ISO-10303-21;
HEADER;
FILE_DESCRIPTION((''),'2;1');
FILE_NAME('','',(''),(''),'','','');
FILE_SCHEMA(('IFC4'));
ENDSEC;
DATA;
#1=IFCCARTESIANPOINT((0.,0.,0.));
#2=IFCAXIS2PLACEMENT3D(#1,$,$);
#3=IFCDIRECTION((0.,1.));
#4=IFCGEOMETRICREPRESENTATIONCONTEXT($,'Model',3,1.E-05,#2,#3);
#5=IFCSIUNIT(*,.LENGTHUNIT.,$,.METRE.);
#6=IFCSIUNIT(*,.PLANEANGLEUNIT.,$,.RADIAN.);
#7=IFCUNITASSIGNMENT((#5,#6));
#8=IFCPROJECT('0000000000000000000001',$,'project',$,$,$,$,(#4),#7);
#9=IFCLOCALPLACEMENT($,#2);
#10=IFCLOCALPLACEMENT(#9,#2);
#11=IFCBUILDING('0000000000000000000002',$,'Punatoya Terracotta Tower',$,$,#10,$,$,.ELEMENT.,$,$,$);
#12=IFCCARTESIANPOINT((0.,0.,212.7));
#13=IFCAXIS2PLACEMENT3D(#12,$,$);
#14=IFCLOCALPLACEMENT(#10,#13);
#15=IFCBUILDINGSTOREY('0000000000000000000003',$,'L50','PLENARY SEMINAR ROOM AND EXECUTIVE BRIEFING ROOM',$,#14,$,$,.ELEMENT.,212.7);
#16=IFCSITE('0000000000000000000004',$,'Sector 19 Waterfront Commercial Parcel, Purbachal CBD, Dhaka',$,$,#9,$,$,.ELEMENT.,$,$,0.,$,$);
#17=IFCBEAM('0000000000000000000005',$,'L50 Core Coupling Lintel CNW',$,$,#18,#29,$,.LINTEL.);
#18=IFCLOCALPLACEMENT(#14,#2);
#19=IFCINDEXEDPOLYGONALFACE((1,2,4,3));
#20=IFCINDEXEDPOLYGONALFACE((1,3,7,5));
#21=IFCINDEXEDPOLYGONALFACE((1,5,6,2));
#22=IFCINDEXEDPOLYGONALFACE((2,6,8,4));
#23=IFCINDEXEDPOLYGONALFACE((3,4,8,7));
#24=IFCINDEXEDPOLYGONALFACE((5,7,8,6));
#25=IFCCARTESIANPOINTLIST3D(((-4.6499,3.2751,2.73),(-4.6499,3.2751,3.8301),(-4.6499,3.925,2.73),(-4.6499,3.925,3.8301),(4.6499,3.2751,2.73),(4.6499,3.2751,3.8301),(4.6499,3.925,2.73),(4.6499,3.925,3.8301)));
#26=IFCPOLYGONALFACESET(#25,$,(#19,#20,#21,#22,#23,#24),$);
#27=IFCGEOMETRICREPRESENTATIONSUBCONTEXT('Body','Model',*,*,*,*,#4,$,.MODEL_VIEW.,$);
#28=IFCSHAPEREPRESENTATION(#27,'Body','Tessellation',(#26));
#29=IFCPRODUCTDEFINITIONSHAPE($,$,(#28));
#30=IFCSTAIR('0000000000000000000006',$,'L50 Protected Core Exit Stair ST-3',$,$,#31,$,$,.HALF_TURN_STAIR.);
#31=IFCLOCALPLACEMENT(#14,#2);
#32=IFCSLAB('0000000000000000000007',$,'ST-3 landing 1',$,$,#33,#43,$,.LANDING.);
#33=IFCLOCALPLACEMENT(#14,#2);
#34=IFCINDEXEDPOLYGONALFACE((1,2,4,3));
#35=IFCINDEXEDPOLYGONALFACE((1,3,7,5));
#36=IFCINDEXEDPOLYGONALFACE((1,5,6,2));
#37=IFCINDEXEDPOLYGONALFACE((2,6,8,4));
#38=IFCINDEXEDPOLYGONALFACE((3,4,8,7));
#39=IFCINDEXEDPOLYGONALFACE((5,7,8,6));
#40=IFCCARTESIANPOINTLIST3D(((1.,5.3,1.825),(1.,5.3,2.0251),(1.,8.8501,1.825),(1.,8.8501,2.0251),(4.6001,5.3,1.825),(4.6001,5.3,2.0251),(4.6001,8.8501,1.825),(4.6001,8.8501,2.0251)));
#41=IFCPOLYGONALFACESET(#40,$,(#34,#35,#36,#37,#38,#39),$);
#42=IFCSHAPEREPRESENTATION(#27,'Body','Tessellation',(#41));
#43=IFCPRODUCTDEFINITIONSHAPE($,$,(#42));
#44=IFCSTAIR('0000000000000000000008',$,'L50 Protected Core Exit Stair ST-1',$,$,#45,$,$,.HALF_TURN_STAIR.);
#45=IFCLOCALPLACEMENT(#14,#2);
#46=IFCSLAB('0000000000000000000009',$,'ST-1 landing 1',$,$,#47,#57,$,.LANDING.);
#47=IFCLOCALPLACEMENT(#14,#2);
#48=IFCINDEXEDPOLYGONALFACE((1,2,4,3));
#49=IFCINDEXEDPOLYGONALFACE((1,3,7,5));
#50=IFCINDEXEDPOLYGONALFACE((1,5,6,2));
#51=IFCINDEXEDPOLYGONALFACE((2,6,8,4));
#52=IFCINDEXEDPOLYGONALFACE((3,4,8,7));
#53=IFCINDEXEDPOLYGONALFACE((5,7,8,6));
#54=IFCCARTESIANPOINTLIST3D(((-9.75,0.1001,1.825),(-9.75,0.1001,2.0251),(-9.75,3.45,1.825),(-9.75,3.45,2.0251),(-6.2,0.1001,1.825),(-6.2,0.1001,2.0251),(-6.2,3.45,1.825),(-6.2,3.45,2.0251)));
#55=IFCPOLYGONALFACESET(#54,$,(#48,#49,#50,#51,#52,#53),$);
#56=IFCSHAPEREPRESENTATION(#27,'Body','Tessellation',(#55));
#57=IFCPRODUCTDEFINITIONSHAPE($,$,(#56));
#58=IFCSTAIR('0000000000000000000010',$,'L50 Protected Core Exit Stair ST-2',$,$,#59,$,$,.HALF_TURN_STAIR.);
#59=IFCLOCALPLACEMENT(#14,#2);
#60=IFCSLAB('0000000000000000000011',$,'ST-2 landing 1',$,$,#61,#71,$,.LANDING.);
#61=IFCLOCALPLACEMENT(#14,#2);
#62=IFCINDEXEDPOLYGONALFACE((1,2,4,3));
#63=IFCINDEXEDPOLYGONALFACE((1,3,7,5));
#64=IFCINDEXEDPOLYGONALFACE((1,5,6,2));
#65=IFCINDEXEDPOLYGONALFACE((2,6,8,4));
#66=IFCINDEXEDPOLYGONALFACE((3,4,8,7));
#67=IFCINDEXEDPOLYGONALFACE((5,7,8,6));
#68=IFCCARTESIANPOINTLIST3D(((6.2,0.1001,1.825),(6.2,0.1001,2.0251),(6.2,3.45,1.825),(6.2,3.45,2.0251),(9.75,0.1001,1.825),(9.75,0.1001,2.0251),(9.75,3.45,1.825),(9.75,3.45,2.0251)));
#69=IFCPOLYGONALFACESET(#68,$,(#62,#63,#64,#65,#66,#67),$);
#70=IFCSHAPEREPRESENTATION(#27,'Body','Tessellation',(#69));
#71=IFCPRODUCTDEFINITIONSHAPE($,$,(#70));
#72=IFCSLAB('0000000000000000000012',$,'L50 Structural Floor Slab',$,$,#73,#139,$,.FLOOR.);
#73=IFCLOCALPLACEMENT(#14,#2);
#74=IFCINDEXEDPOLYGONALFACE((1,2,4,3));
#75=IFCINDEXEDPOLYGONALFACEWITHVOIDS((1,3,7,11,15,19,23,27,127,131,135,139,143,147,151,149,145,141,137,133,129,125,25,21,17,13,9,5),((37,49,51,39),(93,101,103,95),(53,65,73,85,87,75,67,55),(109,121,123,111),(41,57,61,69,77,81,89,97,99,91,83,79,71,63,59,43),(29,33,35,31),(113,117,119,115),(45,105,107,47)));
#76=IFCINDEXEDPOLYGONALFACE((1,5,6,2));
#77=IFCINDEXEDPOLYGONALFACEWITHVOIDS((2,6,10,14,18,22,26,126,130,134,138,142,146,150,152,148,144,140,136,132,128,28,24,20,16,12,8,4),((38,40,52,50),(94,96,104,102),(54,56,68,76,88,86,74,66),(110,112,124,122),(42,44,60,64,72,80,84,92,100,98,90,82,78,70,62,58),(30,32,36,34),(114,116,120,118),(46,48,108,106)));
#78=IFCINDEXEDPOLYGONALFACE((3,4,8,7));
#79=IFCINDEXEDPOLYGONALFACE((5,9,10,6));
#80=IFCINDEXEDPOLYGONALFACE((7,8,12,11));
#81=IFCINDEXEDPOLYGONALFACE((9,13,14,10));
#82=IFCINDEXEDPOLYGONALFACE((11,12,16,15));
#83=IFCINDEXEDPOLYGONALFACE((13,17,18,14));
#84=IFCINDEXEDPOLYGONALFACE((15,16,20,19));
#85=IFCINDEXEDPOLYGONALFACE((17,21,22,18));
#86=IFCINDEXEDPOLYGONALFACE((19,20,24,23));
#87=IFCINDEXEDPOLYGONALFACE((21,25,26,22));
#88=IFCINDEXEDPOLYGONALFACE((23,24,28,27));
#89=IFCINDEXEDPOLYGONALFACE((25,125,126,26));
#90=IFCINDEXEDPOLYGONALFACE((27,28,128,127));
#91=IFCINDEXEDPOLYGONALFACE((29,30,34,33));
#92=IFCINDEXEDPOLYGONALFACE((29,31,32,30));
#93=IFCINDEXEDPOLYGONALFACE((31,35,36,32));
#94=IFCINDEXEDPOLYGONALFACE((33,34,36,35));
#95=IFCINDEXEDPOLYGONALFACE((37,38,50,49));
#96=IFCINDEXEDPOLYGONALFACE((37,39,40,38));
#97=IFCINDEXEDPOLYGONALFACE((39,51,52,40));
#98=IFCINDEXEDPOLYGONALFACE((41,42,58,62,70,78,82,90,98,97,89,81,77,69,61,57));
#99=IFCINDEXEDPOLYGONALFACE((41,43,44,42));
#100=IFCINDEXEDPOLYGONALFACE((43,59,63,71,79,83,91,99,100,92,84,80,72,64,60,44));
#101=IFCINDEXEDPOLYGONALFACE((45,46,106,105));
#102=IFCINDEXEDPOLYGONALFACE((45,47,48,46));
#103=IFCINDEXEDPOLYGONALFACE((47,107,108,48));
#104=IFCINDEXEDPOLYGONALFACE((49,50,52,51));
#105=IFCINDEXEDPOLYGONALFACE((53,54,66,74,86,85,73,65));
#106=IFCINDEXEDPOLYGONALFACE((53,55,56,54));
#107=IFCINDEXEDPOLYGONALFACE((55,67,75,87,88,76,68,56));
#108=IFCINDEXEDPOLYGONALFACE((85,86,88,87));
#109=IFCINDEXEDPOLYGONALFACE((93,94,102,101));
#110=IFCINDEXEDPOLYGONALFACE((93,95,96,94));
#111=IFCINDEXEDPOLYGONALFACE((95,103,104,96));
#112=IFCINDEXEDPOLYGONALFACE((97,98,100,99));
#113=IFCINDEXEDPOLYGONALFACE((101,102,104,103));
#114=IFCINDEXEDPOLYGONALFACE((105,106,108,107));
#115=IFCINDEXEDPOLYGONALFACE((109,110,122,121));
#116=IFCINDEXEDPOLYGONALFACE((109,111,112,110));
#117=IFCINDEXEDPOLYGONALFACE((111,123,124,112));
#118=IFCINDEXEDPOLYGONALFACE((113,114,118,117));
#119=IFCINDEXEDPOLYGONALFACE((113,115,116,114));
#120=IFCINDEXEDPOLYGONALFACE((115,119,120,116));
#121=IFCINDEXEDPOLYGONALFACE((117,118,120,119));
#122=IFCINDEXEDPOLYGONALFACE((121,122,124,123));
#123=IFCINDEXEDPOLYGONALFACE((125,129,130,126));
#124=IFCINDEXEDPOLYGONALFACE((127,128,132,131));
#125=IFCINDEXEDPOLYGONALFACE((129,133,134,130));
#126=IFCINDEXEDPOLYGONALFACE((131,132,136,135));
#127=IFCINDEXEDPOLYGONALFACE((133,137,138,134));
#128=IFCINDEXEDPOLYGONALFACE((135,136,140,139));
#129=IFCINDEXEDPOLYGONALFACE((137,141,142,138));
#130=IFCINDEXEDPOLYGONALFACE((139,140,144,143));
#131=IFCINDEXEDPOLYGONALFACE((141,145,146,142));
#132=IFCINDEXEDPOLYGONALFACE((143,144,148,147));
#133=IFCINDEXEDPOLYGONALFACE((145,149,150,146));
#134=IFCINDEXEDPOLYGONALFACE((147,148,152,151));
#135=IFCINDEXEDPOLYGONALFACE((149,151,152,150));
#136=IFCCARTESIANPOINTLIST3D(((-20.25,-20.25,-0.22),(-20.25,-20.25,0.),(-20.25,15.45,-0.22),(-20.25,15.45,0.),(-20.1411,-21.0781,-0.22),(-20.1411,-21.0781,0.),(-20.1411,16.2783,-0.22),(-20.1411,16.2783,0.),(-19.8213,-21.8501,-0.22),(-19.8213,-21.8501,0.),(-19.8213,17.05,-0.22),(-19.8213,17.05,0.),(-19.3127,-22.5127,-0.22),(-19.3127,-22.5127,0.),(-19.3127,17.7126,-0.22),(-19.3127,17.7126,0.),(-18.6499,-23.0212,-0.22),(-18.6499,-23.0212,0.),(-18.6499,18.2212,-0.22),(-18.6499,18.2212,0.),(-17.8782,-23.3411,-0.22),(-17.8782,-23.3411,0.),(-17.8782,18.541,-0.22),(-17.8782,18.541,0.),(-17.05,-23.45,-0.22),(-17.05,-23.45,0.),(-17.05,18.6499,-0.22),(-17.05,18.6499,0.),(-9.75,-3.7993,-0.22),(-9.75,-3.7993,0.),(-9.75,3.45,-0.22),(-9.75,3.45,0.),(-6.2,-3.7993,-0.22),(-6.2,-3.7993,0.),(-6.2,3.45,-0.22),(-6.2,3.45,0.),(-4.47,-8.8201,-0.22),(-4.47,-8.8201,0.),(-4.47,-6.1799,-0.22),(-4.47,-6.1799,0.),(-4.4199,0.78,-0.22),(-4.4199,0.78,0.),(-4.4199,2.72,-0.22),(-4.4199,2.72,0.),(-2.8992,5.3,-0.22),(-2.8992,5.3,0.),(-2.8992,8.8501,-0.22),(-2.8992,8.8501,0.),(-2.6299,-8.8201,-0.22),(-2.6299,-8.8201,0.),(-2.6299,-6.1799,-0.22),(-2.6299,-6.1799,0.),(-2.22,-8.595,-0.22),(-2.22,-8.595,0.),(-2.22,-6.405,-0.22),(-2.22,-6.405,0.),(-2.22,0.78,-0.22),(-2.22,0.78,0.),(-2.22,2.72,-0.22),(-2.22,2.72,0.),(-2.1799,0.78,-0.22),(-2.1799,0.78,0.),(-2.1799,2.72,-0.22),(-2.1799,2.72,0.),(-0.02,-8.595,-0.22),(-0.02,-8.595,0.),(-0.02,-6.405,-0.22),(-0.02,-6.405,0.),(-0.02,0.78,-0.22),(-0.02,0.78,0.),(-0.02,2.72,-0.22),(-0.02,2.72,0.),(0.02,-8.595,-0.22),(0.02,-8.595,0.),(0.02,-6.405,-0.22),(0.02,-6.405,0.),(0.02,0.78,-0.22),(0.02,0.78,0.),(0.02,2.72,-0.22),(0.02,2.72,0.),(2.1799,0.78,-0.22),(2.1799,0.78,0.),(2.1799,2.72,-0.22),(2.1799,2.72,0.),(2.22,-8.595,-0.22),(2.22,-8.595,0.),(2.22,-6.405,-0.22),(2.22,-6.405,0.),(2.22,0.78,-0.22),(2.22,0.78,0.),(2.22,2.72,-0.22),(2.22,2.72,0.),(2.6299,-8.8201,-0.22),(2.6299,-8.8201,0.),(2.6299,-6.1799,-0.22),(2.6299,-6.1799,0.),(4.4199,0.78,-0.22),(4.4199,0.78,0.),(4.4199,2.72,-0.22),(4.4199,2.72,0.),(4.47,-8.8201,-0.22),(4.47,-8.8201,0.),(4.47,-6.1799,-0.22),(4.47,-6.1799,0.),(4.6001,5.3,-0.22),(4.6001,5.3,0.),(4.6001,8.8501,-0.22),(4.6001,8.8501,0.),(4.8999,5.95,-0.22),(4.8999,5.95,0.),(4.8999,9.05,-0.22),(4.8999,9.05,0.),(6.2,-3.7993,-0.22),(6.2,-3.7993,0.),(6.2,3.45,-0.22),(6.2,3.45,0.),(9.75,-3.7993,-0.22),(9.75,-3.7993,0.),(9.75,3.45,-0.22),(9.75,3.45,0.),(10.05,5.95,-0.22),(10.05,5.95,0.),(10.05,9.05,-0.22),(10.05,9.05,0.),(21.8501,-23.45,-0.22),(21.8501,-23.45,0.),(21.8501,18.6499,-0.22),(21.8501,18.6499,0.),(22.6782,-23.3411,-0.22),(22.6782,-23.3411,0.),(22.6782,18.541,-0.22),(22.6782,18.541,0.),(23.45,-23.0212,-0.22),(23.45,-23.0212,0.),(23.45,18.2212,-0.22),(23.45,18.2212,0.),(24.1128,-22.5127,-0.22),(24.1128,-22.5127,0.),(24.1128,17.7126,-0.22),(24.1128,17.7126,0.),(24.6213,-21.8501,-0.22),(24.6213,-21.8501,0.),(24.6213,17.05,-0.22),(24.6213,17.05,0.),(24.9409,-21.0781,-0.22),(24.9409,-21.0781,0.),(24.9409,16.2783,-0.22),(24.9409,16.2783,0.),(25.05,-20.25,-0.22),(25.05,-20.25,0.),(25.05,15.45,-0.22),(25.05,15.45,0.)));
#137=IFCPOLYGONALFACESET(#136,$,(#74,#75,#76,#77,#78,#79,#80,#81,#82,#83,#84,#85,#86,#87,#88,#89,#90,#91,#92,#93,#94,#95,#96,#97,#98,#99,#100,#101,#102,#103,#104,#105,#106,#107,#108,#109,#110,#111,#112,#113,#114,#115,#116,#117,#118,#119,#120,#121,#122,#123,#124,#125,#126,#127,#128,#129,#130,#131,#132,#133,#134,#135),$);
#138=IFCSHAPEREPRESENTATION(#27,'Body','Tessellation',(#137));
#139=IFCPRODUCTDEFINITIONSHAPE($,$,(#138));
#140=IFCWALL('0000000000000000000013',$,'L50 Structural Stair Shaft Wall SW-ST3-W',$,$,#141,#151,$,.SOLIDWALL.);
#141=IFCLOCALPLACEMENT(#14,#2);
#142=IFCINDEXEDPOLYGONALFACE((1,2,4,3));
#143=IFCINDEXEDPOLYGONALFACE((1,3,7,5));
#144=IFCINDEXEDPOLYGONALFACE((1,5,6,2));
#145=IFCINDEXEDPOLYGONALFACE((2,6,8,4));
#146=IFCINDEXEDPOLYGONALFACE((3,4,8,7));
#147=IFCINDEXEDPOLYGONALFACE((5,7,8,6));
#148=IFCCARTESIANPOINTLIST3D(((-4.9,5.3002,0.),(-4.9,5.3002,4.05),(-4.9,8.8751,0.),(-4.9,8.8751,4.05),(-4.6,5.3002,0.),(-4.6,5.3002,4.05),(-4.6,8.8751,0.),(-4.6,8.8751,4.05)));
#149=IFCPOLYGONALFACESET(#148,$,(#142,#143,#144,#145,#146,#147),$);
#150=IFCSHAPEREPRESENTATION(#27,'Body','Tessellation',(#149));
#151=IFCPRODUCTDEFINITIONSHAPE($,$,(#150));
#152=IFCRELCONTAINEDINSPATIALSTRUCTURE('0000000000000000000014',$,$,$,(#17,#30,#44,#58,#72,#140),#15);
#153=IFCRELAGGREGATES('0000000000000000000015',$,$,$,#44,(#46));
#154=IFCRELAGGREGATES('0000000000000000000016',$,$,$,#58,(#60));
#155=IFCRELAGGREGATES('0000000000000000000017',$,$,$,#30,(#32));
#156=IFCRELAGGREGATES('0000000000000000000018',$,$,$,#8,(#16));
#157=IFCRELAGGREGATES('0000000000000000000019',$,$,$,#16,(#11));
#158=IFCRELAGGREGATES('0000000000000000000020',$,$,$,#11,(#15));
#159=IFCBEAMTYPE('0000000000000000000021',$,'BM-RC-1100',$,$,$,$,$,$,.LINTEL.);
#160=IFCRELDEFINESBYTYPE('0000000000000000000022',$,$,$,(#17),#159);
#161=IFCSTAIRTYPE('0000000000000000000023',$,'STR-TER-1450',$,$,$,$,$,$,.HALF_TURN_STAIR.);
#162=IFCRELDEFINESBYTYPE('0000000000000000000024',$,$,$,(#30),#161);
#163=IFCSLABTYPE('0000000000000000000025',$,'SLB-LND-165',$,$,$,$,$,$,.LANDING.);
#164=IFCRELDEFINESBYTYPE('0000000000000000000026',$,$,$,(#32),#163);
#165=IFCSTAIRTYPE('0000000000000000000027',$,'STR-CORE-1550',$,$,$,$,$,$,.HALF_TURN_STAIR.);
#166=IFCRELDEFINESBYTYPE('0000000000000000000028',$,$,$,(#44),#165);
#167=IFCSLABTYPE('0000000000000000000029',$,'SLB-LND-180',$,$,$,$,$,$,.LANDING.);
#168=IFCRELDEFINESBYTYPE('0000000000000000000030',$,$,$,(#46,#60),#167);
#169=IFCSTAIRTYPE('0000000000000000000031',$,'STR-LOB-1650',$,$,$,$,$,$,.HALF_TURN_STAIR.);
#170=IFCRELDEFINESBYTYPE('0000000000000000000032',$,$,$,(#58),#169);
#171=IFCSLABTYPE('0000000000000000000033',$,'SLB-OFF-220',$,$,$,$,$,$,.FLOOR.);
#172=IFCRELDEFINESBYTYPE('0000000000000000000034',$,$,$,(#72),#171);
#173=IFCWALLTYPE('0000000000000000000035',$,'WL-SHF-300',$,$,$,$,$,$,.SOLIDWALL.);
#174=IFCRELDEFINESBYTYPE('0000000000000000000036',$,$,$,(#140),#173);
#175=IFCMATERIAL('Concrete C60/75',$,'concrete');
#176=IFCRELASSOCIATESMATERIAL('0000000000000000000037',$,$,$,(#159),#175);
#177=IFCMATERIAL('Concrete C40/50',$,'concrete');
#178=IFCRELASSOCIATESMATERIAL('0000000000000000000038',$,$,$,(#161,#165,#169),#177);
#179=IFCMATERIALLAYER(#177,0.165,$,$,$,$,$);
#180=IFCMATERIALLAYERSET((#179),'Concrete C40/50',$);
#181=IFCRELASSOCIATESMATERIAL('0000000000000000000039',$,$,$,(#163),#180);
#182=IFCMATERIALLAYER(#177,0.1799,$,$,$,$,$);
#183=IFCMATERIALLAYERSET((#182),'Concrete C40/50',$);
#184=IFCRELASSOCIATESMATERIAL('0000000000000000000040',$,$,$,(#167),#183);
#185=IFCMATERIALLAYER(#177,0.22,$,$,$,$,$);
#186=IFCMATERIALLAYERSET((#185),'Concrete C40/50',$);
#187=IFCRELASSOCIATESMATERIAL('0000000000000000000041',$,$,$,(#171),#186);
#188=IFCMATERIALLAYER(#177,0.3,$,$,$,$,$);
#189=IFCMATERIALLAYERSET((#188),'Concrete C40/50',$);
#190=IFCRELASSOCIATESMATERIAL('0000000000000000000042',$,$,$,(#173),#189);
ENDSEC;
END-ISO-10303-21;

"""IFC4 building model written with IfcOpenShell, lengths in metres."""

from ifc_helpers import new_model, si_unit, direction, frame, frame_2d, origin, origin_2d, place, context, subcontext, project, spatial, polyline, rectangle, outline, extrude, material, layer, layer_set, material_profile, profile_set, type_object, element, aggregate, save


model = new_model("IFC4")

# Units and contexts
model_context = context("Model", 3, precision=1e-05, world=origin(), true_north=direction((0.0, 1.0)))
body_context = subcontext(model_context, "Body", "Model", "MODEL_VIEW")
ifc_project = project(units=[si_unit("LENGTHUNIT", "METRE"), si_unit("PLANEANGLEUNIT", "RADIAN")], contexts=[model_context])

# Site, building, storey
site_placement = place(None, origin())
site = spatial("IfcSite", under=ifc_project, at=site_placement, Name="Sector 19 Waterfront Commercial Parcel, Purbachal CBD, Dhaka", CompositionType="ELEMENT", RefElevation=0.0)
building_placement = place(site_placement, origin())
building = spatial("IfcBuilding", under=site, at=building_placement, Name="Punatoya Terracotta Tower", CompositionType="ELEMENT")
storey_placement = place(building_placement, frame((0.0, 0.0, 212.7)))
storey = spatial("IfcBuildingStorey", under=building, at=storey_placement, Name="L50", Description="PLENARY SEMINAR ROOM AND EXECUTIVE BRIEFING ROOM", CompositionType="ELEMENT", Elevation=212.7)

# Beam
ifc_material_1 = material(Name="Concrete C60/75", Category="concrete")
ifc_material_profile = material_profile(ifc_material_1, rectangle(XDim=0.6499, YDim=1.1001, at=origin_2d()))
ifc_profile_set = profile_set([ifc_material_profile], Name="Concrete C60/75")
beam_type = type_object("IfcBeamType", Name="BM-RC-1100", PredefinedType="LINTEL", material=ifc_profile_set)
beam_placement = place(storey_placement, frame((-4.6499, 3.6001, 3.28), z_axis=(1.0, 0.0, 0.0), x_axis=(0.0, 1.0, 0.0)))
element("IfcBeam", 1, at=beam_placement, inside=storey, type_object=beam_type, Name="L50 Core Coupling Lintel CNW", PredefinedType="LINTEL", context=body_context, shape_type="SweptSolid", body=[
    extrude(rectangle(XDim=0.6499, YDim=1.1001, at=origin_2d()), origin(), (0.0, 0.0, 1.0), 9.2998),
])

# Stairs, slabs
ifc_material_2 = material(Name="Concrete C40/50", Category="concrete")
stair_type_1 = type_object("IfcStairType", Name="STR-TER-1450", PredefinedType="HALF_TURN_STAIR", material=ifc_material_2)
stair_1_placement = place(storey_placement, origin())
stair_1 = element("IfcStair", 2, at=stair_1_placement, inside=storey, type_object=stair_type_1, Name="L50 Protected Core Exit Stair ST-3", PredefinedType="HALF_TURN_STAIR")
ifc_layer_1 = layer(ifc_material_2, 0.165)
ifc_layer_set_1 = layer_set([ifc_layer_1], Name="Concrete C40/50")
slab_type_1 = type_object("IfcSlabType", Name="SLB-LND-165", PredefinedType="LANDING", material=ifc_layer_set_1)
slab_1_placement = place(storey_placement, frame((0.0, 0.0, 1.825)))
slab_1 = element("IfcSlab", 3, at=slab_1_placement, type_object=slab_type_1, Name="ST-3 landing 1", PredefinedType="LANDING", context=body_context, shape_type="SweptSolid", body=[
    extrude(outline(polyline([(1.0, 5.3), (4.6001, 5.3), (4.6001, 8.8501), (1.0, 8.8501), (1.0, 5.3)])), origin(), (0.0, 0.0, 1.0), 0.2002),
])
stair_type_2 = type_object("IfcStairType", Name="STR-CORE-1550", PredefinedType="HALF_TURN_STAIR", material=ifc_material_2)
stair_2_placement = place(storey_placement, origin())
stair_2 = element("IfcStair", 4, at=stair_2_placement, inside=storey, type_object=stair_type_2, Name="L50 Protected Core Exit Stair ST-1", PredefinedType="HALF_TURN_STAIR")
ifc_layer_2 = layer(ifc_material_2, 0.1799)
ifc_layer_set_2 = layer_set([ifc_layer_2], Name="Concrete C40/50")
slab_type_2 = type_object("IfcSlabType", Name="SLB-LND-180", PredefinedType="LANDING", material=ifc_layer_set_2)
slab_2_placement = place(storey_placement, frame((0.0, 0.0, 1.825)))
slab_2 = element("IfcSlab", 5, at=slab_2_placement, type_object=slab_type_2, Name="ST-1 landing 1", PredefinedType="LANDING", context=body_context, shape_type="SweptSolid", body=[
    extrude(outline(polyline([(-6.2, 0.1001), (-6.2, 3.45), (-9.75, 3.45), (-9.75, 0.1001), (-6.2, 0.1001)])), origin(), (0.0, 0.0, 1.0), 0.2002),
])
aggregate(stair_2, [slab_2])
stair_type_3 = type_object("IfcStairType", Name="STR-LOB-1650", PredefinedType="HALF_TURN_STAIR", material=ifc_material_2)
stair_3_placement = place(storey_placement, origin())
stair_3 = element("IfcStair", 6, at=stair_3_placement, inside=storey, type_object=stair_type_3, Name="L50 Protected Core Exit Stair ST-2", PredefinedType="HALF_TURN_STAIR")
slab_3_placement = place(storey_placement, frame((0.0, 0.0, 1.825)))
slab_3 = element("IfcSlab", 7, at=slab_3_placement, type_object=slab_type_2, Name="ST-2 landing 1", PredefinedType="LANDING", context=body_context, shape_type="SweptSolid", body=[
    extrude(outline(polyline([(9.75, 0.1001), (9.75, 3.45), (6.2, 3.45), (6.2, 0.1001), (9.75, 0.1001)])), origin(), (0.0, 0.0, 1.0), 0.2002),
])
aggregate(stair_3, [slab_3])

# Slab
ifc_layer_3 = layer(ifc_material_2, 0.22)
ifc_layer_set_3 = layer_set([ifc_layer_3], Name="Concrete C40/50")
slab_type_3 = type_object("IfcSlabType", Name="SLB-OFF-220", PredefinedType="FLOOR", material=ifc_layer_set_3)
slab_4_placement = place(storey_placement, frame((0.0, 0.0, -0.22)))
element("IfcSlab", 8, at=slab_4_placement, inside=storey, type_object=slab_type_3, Name="L50 Structural Floor Slab", PredefinedType="FLOOR", context=body_context, shape_type="SweptSolid", body=[
    extrude(outline(polyline([(-17.05, -23.45), (-17.8782, -23.3411), (-18.6499, -23.0212), (-19.3127, -22.5127), (-19.8213, -21.8501), (-20.1411, -21.0781), (-20.25, -20.25), (-20.25, 15.45), (-20.1411, 16.2783), (-19.8213, 17.05), (-19.3127, 17.7126), (-18.6499, 18.2212), (-17.8782, 18.541), (-17.05, 18.6499), (21.8501, 18.6499), (22.6782, 18.541), (23.45, 18.2212), (24.1128, 17.7126), (24.6213, 17.05), (24.9409, 16.2783), (25.05, 15.45), (25.05, -20.25), (24.9409, -21.0781), (24.6213, -21.8501), (24.1128, -22.5127), (23.45, -23.0212), (22.6782, -23.3411), (21.8501, -23.45), (-17.05, -23.45)]), holes=[polyline([(-2.6299, -6.1799), (-4.47, -6.1799), (-4.47, -8.8201), (-2.6299, -8.8201), (-2.6299, -6.1799)]), polyline([(0.02, -8.595), (2.22, -8.595), (2.22, -6.405), (0.02, -6.405), (-0.02, -6.405), (-2.22, -6.405), (-2.22, -8.595), (-0.02, -8.595), (0.02, -8.595)]), polyline([(-6.2, 3.45), (-9.75, 3.45), (-9.75, -3.7993), (-6.2, -3.7993), (-6.2, 3.45)]), polyline([(-4.4199, 2.72), (-4.4199, 0.78), (-2.22, 0.78), (-2.1799, 0.78), (-0.02, 0.78), (0.02, 0.78), (2.1799, 0.78), (2.22, 0.78), (4.4199, 0.78), (4.4199, 2.72), (2.22, 2.72), (2.1799, 2.72), (0.02, 2.72), (-0.02, 2.72), (-2.1799, 2.72), (-2.22, 2.72), (-4.4199, 2.72)]), polyline([(4.6001, 5.3), (4.6001, 8.8501), (-2.8992, 8.8501), (-2.8992, 5.3), (4.6001, 5.3)]), polyline([(4.47, -8.8201), (4.47, -6.1799), (2.6299, -6.1799), (2.6299, -8.8201), (4.47, -8.8201)]), polyline([(9.75, 3.45), (6.2, 3.45), (6.2, -3.7993), (9.75, -3.7993), (9.75, 3.45)]), polyline([(10.05, 5.95), (10.05, 9.05), (4.8999, 9.05), (4.8999, 5.95), (10.05, 5.95)])]), origin(), (0.0, 0.0, 1.0), 0.22),
])

# Wall
ifc_layer_4 = layer(ifc_material_2, 0.3)
ifc_layer_set_4 = layer_set([ifc_layer_4], Name="Concrete C40/50")
wall_type = type_object("IfcWallType", Name="WL-SHF-300", PredefinedType="SOLIDWALL", material=ifc_layer_set_4)
wall_1_placement = place(storey_placement, frame((-4.75, 5.3, 0.0), z_axis=(0.0, 0.0, 1.0), x_axis=(0.0, 1.0, 0.0)))
element("IfcWall", 9, at=wall_1_placement, inside=storey, type_object=wall_type, Name="L50 Structural Stair Shaft Wall SW-ST3-W", PredefinedType="SOLIDWALL", context=body_context, shape_type="SweptSolid", body=[
    extrude(rectangle(XDim=3.575, YDim=0.3, at=frame_2d((1.7876, 0.0))), origin(), (0.0, 0.0, 1.0), 4.05),
])

aggregate(stair_1, [slab_1])

save(model, "model.ifc")
